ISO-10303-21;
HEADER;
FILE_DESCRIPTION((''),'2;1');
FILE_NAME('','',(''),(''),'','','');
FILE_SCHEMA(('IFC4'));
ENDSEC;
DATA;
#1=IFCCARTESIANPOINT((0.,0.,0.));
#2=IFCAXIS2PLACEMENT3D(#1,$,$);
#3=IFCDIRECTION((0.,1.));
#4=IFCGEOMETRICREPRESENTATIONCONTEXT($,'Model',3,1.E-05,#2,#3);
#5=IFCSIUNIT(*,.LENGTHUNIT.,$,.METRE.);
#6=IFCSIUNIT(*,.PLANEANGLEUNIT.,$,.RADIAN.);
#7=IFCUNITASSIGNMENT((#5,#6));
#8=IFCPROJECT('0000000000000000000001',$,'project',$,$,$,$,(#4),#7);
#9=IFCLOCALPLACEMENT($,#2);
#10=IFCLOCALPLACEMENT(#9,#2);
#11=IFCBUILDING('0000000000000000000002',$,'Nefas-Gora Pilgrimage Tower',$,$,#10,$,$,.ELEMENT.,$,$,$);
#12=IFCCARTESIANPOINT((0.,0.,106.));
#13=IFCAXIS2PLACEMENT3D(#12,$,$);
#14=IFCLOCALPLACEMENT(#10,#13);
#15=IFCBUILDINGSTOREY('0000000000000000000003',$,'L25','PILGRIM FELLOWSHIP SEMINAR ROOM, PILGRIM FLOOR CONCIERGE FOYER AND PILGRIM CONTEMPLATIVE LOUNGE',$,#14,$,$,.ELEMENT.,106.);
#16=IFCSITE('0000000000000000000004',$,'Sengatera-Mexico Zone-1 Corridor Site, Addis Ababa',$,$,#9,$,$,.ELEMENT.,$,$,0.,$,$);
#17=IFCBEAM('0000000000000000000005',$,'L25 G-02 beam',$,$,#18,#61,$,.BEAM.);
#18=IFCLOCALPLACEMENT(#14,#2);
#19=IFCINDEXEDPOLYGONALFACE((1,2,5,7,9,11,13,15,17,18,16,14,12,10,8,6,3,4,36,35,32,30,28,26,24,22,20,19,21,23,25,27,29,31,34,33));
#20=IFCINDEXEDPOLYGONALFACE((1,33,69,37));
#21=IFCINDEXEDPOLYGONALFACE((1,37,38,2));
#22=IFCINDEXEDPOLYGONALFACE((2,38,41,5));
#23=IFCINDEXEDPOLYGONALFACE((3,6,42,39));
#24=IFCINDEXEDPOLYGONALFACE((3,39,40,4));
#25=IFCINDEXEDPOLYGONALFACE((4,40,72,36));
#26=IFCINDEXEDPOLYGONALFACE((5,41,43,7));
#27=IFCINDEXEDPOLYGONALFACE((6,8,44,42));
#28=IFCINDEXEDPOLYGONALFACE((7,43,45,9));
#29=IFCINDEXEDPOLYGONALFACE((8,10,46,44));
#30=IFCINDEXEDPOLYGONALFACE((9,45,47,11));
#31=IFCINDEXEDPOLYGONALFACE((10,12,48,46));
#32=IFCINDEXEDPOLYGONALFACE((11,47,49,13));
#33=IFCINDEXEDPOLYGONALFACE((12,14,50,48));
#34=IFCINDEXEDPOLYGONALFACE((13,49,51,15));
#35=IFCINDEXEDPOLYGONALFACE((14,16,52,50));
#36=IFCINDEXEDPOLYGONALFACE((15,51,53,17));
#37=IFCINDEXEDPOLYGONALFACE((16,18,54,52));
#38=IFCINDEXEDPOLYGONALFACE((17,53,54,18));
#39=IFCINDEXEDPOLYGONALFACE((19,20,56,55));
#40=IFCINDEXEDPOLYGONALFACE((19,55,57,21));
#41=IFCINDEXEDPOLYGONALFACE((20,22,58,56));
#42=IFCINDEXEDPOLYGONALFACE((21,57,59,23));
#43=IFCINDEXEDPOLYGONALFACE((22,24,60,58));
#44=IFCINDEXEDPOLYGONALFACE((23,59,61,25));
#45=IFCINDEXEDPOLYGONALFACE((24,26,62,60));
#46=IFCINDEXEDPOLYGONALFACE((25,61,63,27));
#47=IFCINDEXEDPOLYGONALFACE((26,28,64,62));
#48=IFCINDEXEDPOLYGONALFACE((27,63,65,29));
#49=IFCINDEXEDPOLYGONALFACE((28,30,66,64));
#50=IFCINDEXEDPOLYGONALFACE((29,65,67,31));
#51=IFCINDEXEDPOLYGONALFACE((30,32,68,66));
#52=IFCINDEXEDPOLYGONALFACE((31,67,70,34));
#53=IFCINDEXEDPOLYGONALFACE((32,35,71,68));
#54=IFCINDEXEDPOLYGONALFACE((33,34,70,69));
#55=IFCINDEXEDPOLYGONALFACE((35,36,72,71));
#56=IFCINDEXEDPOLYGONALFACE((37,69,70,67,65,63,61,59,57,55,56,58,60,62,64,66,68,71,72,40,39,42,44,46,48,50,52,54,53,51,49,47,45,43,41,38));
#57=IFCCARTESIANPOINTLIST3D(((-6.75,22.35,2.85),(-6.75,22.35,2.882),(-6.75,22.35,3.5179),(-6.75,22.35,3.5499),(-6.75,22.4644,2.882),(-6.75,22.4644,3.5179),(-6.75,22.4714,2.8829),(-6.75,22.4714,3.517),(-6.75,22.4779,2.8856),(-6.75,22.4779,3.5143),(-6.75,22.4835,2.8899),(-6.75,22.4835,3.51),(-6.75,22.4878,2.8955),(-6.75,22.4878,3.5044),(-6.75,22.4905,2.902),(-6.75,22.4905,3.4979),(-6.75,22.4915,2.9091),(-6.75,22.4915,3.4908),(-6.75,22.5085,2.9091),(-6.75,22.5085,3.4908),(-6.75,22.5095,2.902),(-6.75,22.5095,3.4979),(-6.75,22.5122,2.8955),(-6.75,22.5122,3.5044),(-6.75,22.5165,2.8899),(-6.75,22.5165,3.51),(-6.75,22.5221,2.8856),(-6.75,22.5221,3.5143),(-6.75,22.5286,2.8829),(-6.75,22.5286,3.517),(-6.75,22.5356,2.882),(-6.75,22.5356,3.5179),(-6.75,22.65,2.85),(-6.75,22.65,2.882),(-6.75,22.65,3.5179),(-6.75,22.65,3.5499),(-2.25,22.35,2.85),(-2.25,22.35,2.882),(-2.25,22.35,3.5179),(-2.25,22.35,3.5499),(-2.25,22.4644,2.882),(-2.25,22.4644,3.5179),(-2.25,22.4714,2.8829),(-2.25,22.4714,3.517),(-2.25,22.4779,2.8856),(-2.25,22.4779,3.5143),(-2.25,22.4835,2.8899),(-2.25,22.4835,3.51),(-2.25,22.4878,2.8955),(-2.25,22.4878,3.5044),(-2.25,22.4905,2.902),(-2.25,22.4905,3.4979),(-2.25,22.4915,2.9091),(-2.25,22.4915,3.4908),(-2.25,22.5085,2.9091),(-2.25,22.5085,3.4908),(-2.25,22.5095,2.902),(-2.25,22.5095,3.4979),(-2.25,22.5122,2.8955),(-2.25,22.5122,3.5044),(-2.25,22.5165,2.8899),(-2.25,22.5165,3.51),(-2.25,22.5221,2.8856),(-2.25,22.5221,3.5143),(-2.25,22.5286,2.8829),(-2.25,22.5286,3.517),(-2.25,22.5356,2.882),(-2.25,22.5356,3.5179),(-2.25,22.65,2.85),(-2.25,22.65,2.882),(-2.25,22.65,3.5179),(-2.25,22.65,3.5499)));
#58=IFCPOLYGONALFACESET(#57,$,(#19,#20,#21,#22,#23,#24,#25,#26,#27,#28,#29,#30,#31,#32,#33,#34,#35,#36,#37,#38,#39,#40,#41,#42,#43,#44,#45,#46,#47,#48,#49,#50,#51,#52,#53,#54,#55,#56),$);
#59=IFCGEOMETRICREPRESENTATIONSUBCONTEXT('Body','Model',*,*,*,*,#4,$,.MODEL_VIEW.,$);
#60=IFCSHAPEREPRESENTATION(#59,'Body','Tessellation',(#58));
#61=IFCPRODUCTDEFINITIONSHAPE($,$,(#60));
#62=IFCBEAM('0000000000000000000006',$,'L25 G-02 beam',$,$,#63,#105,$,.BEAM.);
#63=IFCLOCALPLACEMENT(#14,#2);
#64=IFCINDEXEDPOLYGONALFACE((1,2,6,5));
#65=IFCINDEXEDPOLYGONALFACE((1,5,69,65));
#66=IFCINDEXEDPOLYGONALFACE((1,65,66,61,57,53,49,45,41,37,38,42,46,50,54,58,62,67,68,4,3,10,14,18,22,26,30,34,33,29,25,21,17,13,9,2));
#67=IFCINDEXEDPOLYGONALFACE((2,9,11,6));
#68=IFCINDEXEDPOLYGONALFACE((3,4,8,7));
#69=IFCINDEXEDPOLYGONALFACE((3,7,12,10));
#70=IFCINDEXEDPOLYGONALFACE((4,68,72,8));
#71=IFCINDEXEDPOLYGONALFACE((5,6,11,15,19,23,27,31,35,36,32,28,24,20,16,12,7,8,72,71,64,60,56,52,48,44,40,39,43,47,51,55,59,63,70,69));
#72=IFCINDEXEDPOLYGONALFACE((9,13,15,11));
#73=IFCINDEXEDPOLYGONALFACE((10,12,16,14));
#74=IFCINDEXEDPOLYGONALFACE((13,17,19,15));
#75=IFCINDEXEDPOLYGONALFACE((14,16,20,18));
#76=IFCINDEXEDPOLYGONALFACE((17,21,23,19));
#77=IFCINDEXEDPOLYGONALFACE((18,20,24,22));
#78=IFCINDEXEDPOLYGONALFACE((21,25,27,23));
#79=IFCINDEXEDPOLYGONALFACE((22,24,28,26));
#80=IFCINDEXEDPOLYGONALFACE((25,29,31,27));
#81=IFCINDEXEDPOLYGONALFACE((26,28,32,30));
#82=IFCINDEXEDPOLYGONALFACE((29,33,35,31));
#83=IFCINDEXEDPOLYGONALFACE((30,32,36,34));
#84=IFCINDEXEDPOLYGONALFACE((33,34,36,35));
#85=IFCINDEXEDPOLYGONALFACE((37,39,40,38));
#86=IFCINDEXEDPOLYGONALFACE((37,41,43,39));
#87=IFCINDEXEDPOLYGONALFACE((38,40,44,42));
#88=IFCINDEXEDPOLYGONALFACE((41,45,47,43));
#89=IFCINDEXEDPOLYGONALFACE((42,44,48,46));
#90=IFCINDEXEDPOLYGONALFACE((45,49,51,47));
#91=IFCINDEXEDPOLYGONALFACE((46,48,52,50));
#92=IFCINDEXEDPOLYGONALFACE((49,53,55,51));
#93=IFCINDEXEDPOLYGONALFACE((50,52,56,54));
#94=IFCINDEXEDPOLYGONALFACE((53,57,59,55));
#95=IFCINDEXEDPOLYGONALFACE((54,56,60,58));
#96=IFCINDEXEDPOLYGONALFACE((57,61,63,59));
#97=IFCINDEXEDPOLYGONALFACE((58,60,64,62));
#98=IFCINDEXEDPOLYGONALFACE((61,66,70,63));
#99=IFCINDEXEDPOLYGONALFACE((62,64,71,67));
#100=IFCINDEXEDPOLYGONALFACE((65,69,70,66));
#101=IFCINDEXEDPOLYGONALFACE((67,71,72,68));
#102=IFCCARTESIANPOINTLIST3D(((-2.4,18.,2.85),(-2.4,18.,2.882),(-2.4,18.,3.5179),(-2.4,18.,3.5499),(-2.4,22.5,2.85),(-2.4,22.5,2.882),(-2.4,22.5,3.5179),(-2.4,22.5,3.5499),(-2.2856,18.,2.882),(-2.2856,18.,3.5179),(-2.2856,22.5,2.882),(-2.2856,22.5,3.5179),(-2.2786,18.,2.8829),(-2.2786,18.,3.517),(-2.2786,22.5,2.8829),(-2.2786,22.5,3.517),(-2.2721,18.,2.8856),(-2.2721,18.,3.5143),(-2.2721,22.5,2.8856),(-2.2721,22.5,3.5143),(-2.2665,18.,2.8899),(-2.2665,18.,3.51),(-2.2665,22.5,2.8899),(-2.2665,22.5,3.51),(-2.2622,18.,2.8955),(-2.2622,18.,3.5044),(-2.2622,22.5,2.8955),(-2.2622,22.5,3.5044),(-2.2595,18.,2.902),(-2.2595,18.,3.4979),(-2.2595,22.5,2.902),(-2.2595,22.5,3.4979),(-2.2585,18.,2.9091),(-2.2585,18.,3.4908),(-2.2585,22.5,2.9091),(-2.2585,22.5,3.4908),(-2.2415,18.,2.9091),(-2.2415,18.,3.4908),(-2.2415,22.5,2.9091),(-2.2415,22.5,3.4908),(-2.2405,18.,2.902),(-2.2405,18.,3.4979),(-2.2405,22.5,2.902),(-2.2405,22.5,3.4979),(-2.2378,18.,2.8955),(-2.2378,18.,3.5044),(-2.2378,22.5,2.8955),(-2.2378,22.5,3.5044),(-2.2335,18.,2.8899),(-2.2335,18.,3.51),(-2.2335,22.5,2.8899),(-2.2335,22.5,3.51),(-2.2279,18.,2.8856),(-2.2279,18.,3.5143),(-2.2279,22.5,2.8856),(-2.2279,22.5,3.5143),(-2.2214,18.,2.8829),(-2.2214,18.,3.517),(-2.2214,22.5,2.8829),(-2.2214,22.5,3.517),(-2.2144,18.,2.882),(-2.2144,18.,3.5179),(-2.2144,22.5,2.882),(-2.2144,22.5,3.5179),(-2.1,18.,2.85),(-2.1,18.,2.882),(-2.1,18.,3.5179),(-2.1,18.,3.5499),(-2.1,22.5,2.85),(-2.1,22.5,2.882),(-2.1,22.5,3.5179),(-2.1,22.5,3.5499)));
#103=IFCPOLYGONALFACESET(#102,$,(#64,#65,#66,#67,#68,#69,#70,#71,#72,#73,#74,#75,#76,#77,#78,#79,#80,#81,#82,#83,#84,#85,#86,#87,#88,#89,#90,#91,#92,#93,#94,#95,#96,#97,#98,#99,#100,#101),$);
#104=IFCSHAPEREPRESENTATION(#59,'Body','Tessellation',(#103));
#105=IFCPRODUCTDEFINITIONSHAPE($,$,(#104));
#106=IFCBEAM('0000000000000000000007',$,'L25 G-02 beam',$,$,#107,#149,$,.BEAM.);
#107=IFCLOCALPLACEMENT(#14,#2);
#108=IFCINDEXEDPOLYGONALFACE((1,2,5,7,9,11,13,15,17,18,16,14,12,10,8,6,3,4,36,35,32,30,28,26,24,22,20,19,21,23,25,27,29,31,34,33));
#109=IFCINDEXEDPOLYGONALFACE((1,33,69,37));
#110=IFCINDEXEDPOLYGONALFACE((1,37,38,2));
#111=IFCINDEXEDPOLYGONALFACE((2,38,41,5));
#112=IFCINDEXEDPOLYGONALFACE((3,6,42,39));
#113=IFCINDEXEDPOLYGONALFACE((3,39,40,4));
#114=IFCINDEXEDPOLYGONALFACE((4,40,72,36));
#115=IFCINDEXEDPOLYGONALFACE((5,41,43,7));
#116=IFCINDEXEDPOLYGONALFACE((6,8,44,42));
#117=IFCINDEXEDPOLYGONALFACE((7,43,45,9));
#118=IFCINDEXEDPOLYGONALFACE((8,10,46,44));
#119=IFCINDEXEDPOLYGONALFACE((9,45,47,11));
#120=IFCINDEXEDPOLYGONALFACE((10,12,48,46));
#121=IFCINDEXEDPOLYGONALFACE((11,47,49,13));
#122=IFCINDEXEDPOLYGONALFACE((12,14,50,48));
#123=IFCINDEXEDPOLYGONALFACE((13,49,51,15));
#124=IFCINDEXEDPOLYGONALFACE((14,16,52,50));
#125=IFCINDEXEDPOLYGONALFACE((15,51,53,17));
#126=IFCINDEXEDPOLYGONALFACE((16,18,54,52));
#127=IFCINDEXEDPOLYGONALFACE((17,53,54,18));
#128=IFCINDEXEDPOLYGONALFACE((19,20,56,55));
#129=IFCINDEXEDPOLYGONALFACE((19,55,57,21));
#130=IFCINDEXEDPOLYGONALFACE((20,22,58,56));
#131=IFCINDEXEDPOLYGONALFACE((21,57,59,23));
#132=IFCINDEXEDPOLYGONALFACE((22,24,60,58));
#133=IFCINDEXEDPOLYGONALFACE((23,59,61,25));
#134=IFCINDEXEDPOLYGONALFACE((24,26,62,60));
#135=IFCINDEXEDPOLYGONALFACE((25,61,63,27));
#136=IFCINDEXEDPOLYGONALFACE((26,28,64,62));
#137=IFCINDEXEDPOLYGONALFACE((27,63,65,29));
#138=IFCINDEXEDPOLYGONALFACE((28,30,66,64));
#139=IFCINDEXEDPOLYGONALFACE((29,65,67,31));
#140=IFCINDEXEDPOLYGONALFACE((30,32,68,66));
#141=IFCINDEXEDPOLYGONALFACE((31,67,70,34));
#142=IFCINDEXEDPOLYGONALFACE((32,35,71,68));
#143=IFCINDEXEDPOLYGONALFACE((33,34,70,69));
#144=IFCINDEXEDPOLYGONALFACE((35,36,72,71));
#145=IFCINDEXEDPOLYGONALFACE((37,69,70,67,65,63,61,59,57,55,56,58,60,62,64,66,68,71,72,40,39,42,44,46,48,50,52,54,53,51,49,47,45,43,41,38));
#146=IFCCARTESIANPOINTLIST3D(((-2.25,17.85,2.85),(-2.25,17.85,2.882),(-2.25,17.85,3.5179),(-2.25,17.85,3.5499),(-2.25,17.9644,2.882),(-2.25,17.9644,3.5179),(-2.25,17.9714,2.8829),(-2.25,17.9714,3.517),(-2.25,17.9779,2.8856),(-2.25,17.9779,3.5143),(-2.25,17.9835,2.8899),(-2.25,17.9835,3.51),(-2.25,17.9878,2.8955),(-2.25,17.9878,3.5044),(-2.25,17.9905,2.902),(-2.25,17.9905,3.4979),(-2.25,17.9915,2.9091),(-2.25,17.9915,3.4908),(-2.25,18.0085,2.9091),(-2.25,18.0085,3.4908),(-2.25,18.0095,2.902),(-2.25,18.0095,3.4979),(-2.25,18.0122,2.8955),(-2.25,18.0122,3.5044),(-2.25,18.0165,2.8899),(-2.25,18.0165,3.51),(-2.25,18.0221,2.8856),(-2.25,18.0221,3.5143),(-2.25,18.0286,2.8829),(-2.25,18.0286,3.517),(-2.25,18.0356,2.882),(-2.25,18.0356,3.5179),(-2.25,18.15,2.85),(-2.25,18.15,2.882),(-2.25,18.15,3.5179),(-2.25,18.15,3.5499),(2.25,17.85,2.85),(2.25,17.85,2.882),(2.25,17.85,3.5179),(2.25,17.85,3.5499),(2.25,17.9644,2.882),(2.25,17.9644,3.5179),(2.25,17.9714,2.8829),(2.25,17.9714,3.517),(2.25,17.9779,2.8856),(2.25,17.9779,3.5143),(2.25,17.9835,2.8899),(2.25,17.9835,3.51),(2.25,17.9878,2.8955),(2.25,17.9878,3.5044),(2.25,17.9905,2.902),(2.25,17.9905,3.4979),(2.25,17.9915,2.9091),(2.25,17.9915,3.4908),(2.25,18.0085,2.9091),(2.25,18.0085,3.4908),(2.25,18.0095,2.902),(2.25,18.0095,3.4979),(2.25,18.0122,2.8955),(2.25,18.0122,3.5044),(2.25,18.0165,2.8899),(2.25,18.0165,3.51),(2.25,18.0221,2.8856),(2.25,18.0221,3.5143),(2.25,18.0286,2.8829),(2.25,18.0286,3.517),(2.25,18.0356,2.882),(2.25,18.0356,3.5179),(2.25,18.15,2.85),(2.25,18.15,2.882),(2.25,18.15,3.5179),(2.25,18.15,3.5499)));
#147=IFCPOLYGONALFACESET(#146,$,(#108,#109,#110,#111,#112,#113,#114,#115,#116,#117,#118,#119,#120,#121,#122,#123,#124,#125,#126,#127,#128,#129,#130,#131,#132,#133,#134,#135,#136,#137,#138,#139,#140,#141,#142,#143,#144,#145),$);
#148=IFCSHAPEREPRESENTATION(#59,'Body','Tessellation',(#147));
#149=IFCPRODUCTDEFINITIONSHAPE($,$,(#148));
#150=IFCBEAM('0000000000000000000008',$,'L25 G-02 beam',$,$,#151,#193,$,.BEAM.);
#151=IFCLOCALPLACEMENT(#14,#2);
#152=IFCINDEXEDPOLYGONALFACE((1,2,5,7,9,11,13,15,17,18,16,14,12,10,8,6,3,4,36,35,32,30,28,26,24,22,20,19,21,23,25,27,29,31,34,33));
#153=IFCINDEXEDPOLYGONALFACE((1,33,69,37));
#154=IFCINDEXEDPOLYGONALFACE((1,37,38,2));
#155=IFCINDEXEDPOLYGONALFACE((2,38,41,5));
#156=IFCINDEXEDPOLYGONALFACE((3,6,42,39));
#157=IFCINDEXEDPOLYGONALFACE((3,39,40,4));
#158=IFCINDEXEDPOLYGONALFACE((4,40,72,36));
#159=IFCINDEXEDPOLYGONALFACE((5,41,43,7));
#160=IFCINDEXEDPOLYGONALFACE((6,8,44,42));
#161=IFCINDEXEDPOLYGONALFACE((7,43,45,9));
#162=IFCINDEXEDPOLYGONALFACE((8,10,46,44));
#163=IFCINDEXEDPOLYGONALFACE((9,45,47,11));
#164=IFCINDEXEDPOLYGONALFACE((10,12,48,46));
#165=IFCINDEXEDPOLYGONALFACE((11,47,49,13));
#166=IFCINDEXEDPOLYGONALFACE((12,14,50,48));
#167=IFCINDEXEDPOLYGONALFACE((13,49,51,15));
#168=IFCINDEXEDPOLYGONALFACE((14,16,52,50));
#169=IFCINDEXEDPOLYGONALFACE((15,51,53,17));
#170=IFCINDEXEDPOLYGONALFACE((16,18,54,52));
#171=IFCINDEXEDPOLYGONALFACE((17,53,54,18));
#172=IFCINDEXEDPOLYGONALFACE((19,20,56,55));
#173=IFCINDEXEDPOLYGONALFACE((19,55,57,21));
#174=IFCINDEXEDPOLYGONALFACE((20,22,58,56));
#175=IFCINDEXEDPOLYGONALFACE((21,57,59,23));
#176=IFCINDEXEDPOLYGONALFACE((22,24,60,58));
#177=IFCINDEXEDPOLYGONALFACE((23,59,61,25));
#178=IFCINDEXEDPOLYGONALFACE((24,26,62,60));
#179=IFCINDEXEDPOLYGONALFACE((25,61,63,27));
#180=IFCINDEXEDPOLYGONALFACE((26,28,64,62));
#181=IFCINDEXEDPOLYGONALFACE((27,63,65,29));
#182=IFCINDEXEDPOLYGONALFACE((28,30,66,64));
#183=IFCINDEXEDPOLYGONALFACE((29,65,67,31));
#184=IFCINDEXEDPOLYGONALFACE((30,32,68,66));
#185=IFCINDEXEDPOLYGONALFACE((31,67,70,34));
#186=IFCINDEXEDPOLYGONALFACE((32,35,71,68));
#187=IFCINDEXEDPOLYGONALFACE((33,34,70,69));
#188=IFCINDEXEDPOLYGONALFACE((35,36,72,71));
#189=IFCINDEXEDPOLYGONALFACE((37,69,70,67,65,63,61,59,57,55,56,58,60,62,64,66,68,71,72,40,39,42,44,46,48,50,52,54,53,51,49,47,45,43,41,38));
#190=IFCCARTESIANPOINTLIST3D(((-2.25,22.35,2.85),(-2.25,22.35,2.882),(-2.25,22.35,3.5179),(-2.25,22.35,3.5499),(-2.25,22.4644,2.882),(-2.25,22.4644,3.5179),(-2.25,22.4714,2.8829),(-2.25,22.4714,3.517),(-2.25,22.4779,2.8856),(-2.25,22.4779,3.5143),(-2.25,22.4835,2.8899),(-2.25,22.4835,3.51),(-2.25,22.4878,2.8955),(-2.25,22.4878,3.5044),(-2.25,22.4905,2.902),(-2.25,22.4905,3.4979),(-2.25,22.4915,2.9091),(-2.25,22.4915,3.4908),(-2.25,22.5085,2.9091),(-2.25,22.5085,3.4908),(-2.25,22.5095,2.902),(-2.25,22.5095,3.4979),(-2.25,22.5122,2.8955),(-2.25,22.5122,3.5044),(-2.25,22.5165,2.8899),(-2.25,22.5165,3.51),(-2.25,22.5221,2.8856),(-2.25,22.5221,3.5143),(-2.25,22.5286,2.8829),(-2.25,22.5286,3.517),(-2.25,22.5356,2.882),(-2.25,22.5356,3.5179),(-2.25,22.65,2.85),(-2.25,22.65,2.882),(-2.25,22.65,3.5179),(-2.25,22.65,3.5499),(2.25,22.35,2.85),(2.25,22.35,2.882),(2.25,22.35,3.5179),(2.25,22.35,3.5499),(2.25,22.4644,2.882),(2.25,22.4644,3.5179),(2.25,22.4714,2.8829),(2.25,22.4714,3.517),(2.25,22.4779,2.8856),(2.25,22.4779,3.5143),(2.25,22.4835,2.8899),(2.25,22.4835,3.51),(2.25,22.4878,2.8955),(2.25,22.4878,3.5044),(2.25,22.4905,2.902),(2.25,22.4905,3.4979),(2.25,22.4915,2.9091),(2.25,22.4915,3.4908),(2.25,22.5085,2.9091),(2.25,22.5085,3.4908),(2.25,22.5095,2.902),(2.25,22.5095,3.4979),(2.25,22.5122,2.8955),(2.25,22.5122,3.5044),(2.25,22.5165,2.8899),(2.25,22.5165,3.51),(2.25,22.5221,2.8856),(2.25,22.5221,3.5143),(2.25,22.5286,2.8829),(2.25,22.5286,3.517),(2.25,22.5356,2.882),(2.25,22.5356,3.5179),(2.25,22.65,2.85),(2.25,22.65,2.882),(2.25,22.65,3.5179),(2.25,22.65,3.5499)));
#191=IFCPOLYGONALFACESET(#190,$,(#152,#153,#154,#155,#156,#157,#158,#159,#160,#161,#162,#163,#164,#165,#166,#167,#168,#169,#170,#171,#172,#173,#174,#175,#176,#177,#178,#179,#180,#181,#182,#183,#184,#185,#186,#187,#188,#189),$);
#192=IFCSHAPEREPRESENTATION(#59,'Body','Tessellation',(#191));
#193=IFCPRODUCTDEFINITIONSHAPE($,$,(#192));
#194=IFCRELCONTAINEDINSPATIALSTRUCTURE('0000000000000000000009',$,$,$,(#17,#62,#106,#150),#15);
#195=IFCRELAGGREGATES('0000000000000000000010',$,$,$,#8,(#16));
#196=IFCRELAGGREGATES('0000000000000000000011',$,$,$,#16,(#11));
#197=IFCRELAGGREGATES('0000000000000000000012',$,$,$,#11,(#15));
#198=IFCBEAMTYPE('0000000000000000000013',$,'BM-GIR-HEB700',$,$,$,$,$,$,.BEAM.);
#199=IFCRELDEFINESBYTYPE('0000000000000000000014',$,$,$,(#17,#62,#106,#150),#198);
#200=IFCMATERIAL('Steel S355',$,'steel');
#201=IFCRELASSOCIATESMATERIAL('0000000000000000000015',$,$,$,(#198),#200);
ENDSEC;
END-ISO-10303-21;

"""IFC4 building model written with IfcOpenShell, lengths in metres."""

from ifc_helpers import new_model, si_unit, direction, frame, origin, origin_2d, place, context, subcontext, project, spatial, i_section, extrude, source, transform, mapped, material, material_profile, profile_set, type_object, element, save


model = new_model("IFC4")

# Units and contexts
model_context = context("Model", 3, precision=1e-05, world=origin(), true_north=direction((0.0, 1.0)))
body_context = subcontext(model_context, "Body", "Model", "MODEL_VIEW")
ifc_project = project(units=[si_unit("LENGTHUNIT", "METRE"), si_unit("PLANEANGLEUNIT", "RADIAN")], contexts=[model_context])

# Site, building, storey
site_placement = place(None, origin())
site = spatial("IfcSite", under=ifc_project, at=site_placement, Name="Sengatera-Mexico Zone-1 Corridor Site, Addis Ababa", CompositionType="ELEMENT", RefElevation=0.0)
building_placement = place(site_placement, origin())
building = spatial("IfcBuilding", under=site, at=building_placement, Name="Nefas-Gora Pilgrimage Tower", CompositionType="ELEMENT")
storey_placement = place(building_placement, frame((0.0, 0.0, 106.0)))
storey = spatial("IfcBuildingStorey", under=building, at=storey_placement, Name="L25", Description="PILGRIM FELLOWSHIP SEMINAR ROOM, PILGRIM FLOOR CONCIERGE FOYER AND PILGRIM CONTEMPLATIVE LOUNGE", CompositionType="ELEMENT", Elevation=106.0)

# Beams
ifc_material_1 = material(Name="Steel S355", Category="steel")
ifc_material_profile_1 = material_profile(ifc_material_1, i_section(OverallWidth=0.3, OverallDepth=0.7, WebThickness=0.0171, FlangeThickness=0.032, FilletRadius=0.0271, at=origin_2d()), Name="HEB 700")
ifc_profile_set_1 = profile_set([ifc_material_profile_1], Name="Steel S355")
beam_type = type_object("IfcBeamType", Name="BM-GIR-HEB700", PredefinedType="BEAM", material=ifc_profile_set_1)
shared_shape_1 = source(origin(), body_context, "Body", "SweptSolid", [
    extrude(i_section(OverallWidth=0.3, OverallDepth=0.7, WebThickness=0.0171, FlangeThickness=0.032, FilletRadius=0.0271, at=origin_2d()), origin(), (0.0, 0.0, 1.0), 4.5),
])
for number, where, z_axis, x_axis, name in (
    (1, (-6.75, 22.5, 3.2), (1.0, 0.0, 0.0), (0.0, 1.0, 0.0), "L25 G-02 beam"),
    (2, (-2.25, 18.0, 3.2), (0.0, 1.0, 0.0), (-1.0, 0.0, 0.0), "L25 G-02 beam"),
    (3, (-2.25, 18.0, 3.2), (1.0, 0.0, 0.0), (0.0, 1.0, 0.0), "L25 G-02 beam"),
    (4, (-2.25, 22.5, 3.2), (1.0, 0.0, 0.0), (0.0, 1.0, 0.0), "L25 G-02 beam"),
):
    element("IfcBeam", number, at=place(storey_placement, frame(where, z_axis=z_axis, x_axis=x_axis)), inside=storey, type_object=beam_type, Name=name, PredefinedType="BEAM", context=body_context, shape_type="MappedRepresentation", body=[
        mapped(shared_shape_1, transform((0.0, 0.0, 0.0), x_axis=(1.0, 0.0, 0.0), y_axis=(0.0, 1.0, 0.0), z_axis=(0.0, 0.0, 1.0), scale=1.0)),
    ])

save(model, "model.ifc")
